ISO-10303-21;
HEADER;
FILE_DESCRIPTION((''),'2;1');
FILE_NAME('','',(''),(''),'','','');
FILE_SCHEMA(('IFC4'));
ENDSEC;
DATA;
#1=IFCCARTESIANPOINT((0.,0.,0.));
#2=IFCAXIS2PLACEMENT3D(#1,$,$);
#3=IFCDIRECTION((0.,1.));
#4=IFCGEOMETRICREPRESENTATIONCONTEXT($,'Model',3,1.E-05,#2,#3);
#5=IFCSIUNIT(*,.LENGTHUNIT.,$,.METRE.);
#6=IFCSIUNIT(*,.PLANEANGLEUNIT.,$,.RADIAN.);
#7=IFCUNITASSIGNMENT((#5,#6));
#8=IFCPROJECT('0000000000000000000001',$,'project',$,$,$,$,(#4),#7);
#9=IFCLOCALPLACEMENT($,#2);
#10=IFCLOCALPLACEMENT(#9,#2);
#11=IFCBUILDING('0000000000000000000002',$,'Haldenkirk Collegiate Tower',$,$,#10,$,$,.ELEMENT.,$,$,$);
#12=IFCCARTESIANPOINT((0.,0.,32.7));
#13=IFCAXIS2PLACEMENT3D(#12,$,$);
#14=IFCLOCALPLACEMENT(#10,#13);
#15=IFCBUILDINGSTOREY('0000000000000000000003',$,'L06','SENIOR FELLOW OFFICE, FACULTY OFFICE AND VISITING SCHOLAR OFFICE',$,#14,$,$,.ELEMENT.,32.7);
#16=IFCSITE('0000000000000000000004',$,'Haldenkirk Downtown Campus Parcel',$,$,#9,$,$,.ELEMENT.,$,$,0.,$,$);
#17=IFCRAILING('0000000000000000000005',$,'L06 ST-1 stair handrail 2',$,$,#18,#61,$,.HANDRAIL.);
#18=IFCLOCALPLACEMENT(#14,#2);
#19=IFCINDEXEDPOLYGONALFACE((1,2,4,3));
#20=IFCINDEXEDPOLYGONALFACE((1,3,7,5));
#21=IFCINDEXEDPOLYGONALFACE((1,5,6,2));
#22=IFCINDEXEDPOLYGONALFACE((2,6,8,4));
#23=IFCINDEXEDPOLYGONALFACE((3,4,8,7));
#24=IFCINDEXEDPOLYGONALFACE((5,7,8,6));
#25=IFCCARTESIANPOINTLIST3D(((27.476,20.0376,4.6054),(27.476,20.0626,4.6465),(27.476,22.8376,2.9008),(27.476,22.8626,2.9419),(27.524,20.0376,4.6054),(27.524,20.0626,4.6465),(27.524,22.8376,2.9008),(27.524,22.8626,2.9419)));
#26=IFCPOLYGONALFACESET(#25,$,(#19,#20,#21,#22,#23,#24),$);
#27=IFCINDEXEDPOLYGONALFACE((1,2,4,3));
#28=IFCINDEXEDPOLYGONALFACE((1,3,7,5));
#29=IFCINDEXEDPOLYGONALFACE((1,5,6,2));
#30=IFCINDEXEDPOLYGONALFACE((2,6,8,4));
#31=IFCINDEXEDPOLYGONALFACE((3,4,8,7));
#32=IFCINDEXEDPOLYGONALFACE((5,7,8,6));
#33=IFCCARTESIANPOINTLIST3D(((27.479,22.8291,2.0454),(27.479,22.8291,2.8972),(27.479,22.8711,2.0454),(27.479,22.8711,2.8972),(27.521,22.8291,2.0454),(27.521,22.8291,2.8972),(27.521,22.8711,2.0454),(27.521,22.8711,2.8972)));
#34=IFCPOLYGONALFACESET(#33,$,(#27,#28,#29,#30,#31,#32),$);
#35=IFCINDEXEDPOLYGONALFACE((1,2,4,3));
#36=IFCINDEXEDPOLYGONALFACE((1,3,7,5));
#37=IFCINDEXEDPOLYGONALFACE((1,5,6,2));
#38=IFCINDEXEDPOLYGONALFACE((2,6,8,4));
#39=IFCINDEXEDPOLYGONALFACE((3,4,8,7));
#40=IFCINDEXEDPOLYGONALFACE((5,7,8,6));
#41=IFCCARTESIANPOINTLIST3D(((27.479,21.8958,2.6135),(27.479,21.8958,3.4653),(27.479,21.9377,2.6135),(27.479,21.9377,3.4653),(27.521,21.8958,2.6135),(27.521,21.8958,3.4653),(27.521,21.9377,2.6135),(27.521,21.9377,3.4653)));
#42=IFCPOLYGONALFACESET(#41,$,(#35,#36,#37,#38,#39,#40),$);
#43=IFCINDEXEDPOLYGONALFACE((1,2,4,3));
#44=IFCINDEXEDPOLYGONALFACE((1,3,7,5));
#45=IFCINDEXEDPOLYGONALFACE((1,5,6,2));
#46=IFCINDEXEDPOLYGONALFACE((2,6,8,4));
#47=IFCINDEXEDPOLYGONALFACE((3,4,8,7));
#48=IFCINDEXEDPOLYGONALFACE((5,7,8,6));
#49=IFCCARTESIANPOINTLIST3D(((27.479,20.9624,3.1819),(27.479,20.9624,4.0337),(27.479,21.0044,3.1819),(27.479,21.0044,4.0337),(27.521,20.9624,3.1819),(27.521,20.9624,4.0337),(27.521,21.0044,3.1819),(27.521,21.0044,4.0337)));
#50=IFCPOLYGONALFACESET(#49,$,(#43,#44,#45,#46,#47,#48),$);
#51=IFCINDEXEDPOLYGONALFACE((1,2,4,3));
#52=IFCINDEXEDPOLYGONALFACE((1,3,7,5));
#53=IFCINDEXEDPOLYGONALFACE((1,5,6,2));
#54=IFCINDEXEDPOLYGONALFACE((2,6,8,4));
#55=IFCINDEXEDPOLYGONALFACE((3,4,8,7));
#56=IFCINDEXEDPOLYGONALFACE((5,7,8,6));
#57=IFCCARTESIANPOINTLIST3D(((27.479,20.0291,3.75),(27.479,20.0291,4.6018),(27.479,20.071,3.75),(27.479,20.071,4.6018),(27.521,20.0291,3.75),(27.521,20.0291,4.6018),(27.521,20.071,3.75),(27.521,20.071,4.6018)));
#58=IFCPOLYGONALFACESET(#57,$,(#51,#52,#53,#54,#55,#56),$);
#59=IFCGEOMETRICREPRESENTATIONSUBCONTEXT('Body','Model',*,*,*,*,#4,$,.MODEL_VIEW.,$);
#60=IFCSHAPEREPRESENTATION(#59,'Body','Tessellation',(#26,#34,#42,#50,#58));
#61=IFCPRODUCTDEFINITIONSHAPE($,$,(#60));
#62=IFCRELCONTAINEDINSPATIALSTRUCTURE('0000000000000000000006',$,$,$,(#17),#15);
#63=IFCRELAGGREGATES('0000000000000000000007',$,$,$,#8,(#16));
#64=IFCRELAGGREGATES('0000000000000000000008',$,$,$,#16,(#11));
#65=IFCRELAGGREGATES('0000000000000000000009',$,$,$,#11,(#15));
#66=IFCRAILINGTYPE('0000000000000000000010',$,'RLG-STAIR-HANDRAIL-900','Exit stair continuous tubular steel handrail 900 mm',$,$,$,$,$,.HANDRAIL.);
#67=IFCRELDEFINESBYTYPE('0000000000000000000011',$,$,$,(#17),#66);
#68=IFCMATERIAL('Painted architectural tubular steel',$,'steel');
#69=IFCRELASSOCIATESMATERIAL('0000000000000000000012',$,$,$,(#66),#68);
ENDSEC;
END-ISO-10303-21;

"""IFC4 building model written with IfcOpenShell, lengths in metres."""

from ifc_helpers import new_model, si_unit, direction, frame, origin, origin_2d, place, context, subcontext, project, spatial, rectangle, extrude, material, type_object, element, save


model = new_model("IFC4")

# Units and contexts
model_context = context("Model", 3, precision=1e-05, world=origin(), true_north=direction((0.0, 1.0)))
body_context = subcontext(model_context, "Body", "Model", "MODEL_VIEW")
ifc_project = project(units=[si_unit("LENGTHUNIT", "METRE"), si_unit("PLANEANGLEUNIT", "RADIAN")], contexts=[model_context])

# Site, building, storey
site_placement = place(None, origin())
site = spatial("IfcSite", under=ifc_project, at=site_placement, Name="Haldenkirk Downtown Campus Parcel", CompositionType="ELEMENT", RefElevation=0.0)
building_placement = place(site_placement, origin())
building = spatial("IfcBuilding", under=site, at=building_placement, Name="Haldenkirk Collegiate Tower", CompositionType="ELEMENT")
storey_placement = place(building_placement, frame((0.0, 0.0, 32.7)))
storey = spatial("IfcBuildingStorey", under=building, at=storey_placement, Name="L06", Description="SENIOR FELLOW OFFICE, FACULTY OFFICE AND VISITING SCHOLAR OFFICE", CompositionType="ELEMENT", Elevation=32.7)

# Railing
ifc_material_1 = material(Name="Painted architectural tubular steel", Category="steel")
railing_type_1 = type_object("IfcRailingType", Name="RLG-STAIR-HANDRAIL-900", Description="Exit stair continuous tubular steel handrail 900 mm", PredefinedType="HANDRAIL", material=ifc_material_1)
railing_1_placement = place(storey_placement, frame((27.5, 22.8501, 2.0454)))
element("IfcRailing", 1, at=railing_1_placement, inside=storey, type_object=railing_type_1, Name="L06 ST-1 stair handrail 2", PredefinedType="HANDRAIL", context=body_context, shape_type="SweptSolid", body=[
    extrude(rectangle(XDim=0.0481, YDim=0.0481, at=origin_2d()), frame((0.0, 0.0, 0.876), z_axis=(0.0, -0.85417, 0.519994), x_axis=(1.0, 0.0, 0.0)), (0.0, 0.0, 1.0), 3.2781),
    extrude(rectangle(XDim=0.042, YDim=0.042, at=origin_2d()), origin(), (0.0, 0.0, 1.0), 0.8518),
    extrude(rectangle(XDim=0.042, YDim=0.042, at=origin_2d()), frame((0.0, -0.9333, 0.5681)), (0.0, 0.0, 1.0), 0.8518),
    extrude(rectangle(XDim=0.042, YDim=0.042, at=origin_2d()), frame((0.0, -1.8667, 1.1365)), (0.0, 0.0, 1.0), 0.8518),
    extrude(rectangle(XDim=0.042, YDim=0.042, at=origin_2d()), frame((0.0, -2.8, 1.7046)), (0.0, 0.0, 1.0), 0.8518),
])

save(model, "model.ifc")
